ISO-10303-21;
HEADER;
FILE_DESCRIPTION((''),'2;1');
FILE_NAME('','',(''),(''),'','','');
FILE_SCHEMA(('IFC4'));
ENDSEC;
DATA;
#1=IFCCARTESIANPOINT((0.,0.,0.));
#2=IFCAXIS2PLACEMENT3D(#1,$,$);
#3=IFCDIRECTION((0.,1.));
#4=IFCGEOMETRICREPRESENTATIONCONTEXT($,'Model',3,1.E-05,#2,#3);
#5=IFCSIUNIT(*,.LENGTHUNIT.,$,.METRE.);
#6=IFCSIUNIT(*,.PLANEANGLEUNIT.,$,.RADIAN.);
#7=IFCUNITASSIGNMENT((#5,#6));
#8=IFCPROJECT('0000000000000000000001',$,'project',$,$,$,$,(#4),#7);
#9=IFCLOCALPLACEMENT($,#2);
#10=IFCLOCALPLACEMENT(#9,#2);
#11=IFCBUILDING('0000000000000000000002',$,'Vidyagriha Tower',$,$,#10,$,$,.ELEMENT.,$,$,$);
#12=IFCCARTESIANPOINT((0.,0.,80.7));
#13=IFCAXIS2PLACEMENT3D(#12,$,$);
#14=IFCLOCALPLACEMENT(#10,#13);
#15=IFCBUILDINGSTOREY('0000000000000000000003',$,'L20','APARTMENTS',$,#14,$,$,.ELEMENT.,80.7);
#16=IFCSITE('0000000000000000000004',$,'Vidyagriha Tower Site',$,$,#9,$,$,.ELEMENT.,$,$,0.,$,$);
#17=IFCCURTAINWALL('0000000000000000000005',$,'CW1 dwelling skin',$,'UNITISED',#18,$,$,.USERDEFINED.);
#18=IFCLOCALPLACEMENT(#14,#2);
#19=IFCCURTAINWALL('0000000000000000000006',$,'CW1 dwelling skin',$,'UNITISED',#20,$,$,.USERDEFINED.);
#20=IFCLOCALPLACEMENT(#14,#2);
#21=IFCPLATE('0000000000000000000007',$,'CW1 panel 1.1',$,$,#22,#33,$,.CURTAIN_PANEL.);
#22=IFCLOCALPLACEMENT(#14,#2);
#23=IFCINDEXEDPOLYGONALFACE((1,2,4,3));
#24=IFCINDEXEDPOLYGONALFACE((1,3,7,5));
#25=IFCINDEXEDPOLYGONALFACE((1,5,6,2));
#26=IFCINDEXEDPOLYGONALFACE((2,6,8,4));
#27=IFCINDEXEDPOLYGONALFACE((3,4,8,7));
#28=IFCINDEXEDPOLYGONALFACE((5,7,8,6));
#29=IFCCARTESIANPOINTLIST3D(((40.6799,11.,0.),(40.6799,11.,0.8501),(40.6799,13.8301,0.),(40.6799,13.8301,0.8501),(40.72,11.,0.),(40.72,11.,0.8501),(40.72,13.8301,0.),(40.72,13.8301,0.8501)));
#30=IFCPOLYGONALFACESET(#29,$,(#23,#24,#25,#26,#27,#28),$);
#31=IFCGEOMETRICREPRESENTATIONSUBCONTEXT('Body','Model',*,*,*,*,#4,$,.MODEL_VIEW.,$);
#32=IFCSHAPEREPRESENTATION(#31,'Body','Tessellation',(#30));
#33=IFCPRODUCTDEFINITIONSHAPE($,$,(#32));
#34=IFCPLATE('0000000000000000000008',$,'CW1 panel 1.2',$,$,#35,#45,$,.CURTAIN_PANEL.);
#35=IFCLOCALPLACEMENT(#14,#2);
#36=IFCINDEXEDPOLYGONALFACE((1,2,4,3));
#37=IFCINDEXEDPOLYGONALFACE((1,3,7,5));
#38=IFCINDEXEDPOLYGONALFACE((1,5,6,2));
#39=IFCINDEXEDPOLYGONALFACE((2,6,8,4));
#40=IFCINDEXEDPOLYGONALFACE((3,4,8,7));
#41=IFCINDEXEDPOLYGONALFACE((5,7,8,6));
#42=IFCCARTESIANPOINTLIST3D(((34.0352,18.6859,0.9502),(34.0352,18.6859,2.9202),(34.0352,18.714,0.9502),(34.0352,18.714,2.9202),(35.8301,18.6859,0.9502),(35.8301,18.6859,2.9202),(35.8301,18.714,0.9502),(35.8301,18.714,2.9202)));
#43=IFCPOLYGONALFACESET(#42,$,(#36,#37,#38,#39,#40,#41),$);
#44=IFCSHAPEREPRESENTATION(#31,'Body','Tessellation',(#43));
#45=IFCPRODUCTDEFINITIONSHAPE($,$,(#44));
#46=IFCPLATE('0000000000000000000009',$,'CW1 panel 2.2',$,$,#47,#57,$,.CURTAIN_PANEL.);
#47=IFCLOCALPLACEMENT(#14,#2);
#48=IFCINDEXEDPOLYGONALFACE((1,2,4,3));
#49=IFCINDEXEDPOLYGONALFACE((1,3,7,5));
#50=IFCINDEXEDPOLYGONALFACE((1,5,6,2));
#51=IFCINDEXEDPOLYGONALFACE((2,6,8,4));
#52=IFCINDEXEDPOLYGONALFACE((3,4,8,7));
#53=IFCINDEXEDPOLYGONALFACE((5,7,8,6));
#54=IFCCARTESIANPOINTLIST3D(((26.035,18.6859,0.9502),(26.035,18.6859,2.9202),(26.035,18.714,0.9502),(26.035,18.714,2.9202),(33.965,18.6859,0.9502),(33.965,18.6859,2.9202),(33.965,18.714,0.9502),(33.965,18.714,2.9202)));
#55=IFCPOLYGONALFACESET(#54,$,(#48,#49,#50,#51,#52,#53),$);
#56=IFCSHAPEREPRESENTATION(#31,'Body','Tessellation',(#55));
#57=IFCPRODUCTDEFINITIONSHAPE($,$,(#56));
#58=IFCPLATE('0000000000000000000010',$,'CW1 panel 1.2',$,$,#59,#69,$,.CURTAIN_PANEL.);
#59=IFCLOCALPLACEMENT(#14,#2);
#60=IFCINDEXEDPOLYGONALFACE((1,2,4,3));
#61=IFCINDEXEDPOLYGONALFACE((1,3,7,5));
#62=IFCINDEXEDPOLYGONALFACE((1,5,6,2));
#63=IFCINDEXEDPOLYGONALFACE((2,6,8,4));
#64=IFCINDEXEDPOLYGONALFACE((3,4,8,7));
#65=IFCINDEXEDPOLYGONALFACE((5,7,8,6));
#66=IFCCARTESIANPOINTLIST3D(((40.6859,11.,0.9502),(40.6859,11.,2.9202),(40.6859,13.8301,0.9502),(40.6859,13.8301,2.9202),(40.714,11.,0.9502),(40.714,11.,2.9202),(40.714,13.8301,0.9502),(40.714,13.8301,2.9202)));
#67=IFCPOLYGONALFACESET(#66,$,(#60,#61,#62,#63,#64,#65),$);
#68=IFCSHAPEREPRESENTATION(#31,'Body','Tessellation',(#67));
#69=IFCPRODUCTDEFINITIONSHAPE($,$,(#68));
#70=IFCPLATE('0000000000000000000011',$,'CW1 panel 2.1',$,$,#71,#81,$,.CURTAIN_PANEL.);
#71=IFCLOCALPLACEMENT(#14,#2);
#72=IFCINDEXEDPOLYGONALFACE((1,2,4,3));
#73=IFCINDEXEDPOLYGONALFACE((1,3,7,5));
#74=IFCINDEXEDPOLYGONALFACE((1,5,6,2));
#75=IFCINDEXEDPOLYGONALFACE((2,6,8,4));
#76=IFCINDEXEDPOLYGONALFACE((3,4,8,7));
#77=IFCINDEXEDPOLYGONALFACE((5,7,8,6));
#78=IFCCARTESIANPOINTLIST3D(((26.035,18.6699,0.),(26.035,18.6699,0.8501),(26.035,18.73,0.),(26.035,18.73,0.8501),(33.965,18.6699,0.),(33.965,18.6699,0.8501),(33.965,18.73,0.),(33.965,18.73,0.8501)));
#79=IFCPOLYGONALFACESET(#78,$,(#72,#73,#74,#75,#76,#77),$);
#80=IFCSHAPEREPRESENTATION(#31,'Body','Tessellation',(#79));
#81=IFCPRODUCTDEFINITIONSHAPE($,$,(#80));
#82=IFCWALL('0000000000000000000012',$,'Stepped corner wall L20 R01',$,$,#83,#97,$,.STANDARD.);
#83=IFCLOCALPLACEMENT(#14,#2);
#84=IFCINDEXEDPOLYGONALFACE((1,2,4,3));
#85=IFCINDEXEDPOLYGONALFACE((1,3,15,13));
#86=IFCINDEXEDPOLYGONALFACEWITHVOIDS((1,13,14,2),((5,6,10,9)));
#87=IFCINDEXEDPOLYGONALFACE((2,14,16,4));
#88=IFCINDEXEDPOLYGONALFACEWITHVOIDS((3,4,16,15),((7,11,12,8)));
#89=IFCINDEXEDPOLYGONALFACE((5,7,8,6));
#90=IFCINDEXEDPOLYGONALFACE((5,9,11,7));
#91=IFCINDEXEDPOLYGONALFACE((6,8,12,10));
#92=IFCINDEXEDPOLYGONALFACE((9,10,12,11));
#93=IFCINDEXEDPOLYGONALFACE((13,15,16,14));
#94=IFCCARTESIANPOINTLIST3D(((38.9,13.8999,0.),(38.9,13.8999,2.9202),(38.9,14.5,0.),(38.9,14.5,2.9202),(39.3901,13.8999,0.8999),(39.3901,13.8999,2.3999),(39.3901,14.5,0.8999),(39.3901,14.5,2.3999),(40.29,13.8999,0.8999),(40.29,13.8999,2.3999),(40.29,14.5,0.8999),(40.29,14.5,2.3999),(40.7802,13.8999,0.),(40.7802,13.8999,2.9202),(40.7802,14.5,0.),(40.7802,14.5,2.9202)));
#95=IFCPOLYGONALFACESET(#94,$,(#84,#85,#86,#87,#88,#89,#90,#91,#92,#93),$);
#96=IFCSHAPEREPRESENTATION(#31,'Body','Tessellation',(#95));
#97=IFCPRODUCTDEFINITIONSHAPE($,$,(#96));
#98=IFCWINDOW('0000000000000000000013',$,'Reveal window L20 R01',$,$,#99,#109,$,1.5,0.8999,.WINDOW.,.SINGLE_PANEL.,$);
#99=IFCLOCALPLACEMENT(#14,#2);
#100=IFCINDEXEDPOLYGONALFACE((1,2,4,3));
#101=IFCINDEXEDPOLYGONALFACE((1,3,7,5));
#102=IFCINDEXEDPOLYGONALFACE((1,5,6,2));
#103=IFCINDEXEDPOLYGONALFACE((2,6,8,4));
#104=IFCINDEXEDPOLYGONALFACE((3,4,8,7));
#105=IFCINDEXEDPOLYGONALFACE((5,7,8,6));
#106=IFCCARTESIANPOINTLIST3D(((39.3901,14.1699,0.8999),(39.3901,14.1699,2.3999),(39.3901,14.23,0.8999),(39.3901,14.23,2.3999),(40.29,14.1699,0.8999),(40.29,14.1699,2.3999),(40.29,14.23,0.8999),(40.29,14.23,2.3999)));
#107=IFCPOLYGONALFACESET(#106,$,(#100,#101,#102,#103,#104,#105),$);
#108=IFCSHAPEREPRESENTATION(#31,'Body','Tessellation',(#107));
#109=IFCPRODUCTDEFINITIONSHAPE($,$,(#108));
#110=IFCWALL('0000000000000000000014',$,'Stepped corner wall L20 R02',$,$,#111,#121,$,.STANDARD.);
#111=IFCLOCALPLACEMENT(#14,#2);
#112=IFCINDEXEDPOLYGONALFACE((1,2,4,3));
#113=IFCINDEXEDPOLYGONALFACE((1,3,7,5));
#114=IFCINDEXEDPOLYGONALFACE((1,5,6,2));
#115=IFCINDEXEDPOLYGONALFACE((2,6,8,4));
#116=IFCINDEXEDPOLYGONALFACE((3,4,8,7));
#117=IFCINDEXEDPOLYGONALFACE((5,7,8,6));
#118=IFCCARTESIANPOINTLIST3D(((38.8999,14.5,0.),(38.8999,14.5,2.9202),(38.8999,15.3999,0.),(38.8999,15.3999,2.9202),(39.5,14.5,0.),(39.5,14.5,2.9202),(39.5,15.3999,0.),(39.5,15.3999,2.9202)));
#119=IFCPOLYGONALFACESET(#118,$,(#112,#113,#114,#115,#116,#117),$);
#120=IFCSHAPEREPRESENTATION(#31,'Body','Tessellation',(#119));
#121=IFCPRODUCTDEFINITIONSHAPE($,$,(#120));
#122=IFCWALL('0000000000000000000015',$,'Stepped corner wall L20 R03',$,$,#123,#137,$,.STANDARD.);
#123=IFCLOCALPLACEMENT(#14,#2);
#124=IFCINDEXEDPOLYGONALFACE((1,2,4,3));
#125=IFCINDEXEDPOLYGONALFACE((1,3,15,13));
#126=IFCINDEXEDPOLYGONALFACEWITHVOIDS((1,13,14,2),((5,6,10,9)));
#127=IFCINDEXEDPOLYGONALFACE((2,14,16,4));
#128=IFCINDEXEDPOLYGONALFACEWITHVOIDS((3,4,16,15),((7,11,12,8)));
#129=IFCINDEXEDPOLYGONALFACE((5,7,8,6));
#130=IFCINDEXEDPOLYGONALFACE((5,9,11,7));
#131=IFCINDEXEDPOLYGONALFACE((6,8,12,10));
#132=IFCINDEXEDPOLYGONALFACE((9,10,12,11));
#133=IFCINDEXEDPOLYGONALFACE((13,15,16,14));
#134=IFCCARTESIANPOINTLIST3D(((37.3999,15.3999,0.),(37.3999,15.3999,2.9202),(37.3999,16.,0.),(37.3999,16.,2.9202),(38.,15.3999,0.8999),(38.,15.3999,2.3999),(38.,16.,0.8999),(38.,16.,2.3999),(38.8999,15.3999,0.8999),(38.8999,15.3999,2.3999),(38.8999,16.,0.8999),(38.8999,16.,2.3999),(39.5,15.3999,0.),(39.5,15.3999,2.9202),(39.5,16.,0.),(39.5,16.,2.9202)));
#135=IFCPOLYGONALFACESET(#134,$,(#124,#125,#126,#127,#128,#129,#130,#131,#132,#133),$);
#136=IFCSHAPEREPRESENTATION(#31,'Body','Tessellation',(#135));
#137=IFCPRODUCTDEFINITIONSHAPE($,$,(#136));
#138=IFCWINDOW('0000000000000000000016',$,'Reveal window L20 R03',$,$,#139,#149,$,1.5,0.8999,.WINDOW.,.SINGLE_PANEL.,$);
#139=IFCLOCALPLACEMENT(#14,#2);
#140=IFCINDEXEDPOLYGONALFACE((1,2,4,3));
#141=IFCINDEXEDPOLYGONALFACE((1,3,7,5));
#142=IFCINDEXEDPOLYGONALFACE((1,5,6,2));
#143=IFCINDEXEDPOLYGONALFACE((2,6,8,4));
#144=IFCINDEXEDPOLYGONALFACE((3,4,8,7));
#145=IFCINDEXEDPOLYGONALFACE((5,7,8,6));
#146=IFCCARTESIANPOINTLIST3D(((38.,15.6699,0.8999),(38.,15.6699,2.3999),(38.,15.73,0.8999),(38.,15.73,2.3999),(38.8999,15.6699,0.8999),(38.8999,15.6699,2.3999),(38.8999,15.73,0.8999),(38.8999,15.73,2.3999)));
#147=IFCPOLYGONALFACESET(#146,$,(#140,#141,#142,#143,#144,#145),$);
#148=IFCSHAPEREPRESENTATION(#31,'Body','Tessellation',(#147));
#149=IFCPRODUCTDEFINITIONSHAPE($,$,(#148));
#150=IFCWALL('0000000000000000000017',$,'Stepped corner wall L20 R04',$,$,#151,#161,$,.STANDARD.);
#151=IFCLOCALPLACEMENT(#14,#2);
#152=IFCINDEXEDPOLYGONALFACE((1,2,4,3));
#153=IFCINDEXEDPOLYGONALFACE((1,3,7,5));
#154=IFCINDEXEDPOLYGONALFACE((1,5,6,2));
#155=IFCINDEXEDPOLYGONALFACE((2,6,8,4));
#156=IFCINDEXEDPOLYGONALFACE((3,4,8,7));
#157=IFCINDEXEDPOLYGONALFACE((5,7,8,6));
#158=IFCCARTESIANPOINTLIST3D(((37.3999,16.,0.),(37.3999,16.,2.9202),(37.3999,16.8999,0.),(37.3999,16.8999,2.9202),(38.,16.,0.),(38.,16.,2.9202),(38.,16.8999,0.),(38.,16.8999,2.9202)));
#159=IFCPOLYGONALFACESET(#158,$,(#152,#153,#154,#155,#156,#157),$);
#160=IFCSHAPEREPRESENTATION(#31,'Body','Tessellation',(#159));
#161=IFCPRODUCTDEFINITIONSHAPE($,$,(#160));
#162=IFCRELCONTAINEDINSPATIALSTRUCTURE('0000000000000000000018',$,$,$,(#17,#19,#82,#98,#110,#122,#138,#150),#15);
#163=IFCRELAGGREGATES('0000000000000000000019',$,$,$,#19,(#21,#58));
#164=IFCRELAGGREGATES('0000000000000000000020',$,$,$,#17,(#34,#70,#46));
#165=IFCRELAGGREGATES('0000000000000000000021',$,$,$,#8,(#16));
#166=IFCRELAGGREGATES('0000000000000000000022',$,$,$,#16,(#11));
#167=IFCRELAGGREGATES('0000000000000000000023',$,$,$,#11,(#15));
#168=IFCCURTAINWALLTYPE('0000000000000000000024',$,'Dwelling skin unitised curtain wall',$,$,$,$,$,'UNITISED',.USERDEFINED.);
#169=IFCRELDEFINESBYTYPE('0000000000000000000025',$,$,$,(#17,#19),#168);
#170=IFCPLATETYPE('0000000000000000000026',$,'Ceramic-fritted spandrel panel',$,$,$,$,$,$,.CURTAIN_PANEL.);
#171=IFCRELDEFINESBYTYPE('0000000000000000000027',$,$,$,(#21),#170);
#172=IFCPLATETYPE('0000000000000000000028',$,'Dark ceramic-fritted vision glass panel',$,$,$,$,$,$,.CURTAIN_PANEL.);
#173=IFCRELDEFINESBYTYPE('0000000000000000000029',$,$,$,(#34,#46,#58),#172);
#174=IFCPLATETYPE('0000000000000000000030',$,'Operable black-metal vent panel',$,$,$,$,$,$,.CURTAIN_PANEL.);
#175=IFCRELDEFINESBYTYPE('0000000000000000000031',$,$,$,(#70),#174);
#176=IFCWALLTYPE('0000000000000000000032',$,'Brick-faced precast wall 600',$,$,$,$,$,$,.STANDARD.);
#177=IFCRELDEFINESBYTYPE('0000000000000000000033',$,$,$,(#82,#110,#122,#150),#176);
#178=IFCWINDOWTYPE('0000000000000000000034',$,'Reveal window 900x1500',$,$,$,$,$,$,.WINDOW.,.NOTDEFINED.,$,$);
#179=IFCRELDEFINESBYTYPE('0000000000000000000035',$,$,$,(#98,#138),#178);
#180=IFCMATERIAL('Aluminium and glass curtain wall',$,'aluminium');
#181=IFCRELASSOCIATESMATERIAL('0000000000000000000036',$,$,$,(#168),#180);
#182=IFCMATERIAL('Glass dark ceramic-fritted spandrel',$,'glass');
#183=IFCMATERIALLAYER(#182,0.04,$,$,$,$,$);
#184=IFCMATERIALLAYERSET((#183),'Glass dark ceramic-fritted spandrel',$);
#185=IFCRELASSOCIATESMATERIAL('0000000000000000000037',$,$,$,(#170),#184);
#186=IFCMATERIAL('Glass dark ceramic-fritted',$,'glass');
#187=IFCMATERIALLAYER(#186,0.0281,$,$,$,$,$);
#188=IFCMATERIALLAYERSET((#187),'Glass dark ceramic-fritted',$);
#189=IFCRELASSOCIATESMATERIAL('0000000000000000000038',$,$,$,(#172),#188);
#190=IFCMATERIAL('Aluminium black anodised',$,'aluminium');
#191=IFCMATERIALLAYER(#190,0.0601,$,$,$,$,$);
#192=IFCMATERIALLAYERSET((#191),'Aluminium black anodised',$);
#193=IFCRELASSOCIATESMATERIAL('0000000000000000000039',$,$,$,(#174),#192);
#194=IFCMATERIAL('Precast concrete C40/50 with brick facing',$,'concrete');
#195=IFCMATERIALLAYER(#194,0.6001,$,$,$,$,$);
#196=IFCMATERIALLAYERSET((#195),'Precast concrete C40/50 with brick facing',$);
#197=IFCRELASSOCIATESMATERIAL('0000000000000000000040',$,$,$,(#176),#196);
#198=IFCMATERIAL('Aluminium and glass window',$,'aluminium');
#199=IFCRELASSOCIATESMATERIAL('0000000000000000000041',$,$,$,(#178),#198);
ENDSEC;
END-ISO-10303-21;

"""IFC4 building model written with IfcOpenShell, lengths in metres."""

from ifc_helpers import new_model, si_unit, direction, frame, frame_2d, origin, origin_2d, place, context, subcontext, project, spatial, rectangle, extrude, material, layer, layer_set, type_object, element, fill, aggregate, save


model = new_model("IFC4")

# Units and contexts
model_context = context("Model", 3, precision=1e-05, world=origin(), true_north=direction((0.0, 1.0)))
body_context = subcontext(model_context, "Body", "Model", "MODEL_VIEW")
ifc_project = project(units=[si_unit("LENGTHUNIT", "METRE"), si_unit("PLANEANGLEUNIT", "RADIAN")], contexts=[model_context])

# Site, building, storey
site_placement = place(None, origin())
site = spatial("IfcSite", under=ifc_project, at=site_placement, Name="Vidyagriha Tower Site", CompositionType="ELEMENT", RefElevation=0.0)
building_placement = place(site_placement, origin())
building = spatial("IfcBuilding", under=site, at=building_placement, Name="Vidyagriha Tower", CompositionType="ELEMENT")
storey_placement = place(building_placement, frame((0.0, 0.0, 80.7)))
storey = spatial("IfcBuildingStorey", under=building, at=storey_placement, Name="L20", Description="APARTMENTS", CompositionType="ELEMENT", Elevation=80.7)

# Curtain wall
ifc_material_1 = material(Name="Aluminium and glass curtain wall", Category="aluminium")
curtain_wall_type = type_object("IfcCurtainWallType", Name="Dwelling skin unitised curtain wall", ElementType="UNITISED", PredefinedType="USERDEFINED", material=ifc_material_1)
curtain_wall_1_placement = place(storey_placement, origin())
curtain_wall_1 = element("IfcCurtainWall", 1, at=curtain_wall_1_placement, inside=storey, type_object=curtain_wall_type, Name="CW1 dwelling skin", ObjectType="UNITISED", PredefinedType="USERDEFINED")

# Curtain wall
curtain_wall_2_placement = place(storey_placement, origin())
curtain_wall_2 = element("IfcCurtainWall", 2, at=curtain_wall_2_placement, inside=storey, type_object=curtain_wall_type, Name="CW1 dwelling skin", ObjectType="UNITISED", PredefinedType="USERDEFINED")

# Plates
ifc_material_2 = material(Name="Glass dark ceramic-fritted spandrel", Category="glass")
ifc_layer_1 = layer(ifc_material_2, 0.04)
ifc_layer_set_1 = layer_set([ifc_layer_1], Name="Glass dark ceramic-fritted spandrel")
plate_type_1 = type_object("IfcPlateType", Name="Ceramic-fritted spandrel panel", PredefinedType="CURTAIN_PANEL", material=ifc_layer_set_1)
plate_1_placement = place(storey_placement, frame((40.7, 12.415, 0.0), z_axis=(0.0, 0.0, 1.0), x_axis=(0.0, 1.0, 0.0)))
plate_1 = element("IfcPlate", 3, at=plate_1_placement, type_object=plate_type_1, Name="CW1 panel 1.1", PredefinedType="CURTAIN_PANEL", context=body_context, shape_type="SweptSolid", body=[
    extrude(rectangle(XDim=2.8301, YDim=0.04, at=origin_2d()), origin(), (0.0, 0.0, 1.0), 0.8501),
])
ifc_material_3 = material(Name="Glass dark ceramic-fritted", Category="glass")
ifc_layer_2 = layer(ifc_material_3, 0.0281)
ifc_layer_set_2 = layer_set([ifc_layer_2], Name="Glass dark ceramic-fritted")
plate_type_2 = type_object("IfcPlateType", Name="Dark ceramic-fritted vision glass panel", PredefinedType="CURTAIN_PANEL", material=ifc_layer_set_2)
plate_2_placement = place(storey_placement, frame((34.9326, 18.7, 0.9502), z_axis=(0.0, 0.0, 1.0), x_axis=(-1.0, 0.0, 0.0)))
plate_2 = element("IfcPlate", 4, at=plate_2_placement, type_object=plate_type_2, Name="CW1 panel 1.2", PredefinedType="CURTAIN_PANEL", context=body_context, shape_type="SweptSolid", body=[
    extrude(rectangle(XDim=1.7949, YDim=0.0281, at=origin_2d()), origin(), (0.0, 0.0, 1.0), 1.97),
])
plate_3_placement = place(storey_placement, frame((30.0, 18.7, 0.9502), z_axis=(0.0, 0.0, 1.0), x_axis=(-1.0, 0.0, 0.0)))
plate_3 = element("IfcPlate", 5, at=plate_3_placement, type_object=plate_type_2, Name="CW1 panel 2.2", PredefinedType="CURTAIN_PANEL", context=body_context, shape_type="SweptSolid", body=[
    extrude(rectangle(XDim=7.9299, YDim=0.0281, at=origin_2d()), origin(), (0.0, 0.0, 1.0), 1.97),
])
plate_4_placement = place(storey_placement, frame((40.7, 12.415, 0.9502), z_axis=(0.0, 0.0, 1.0), x_axis=(0.0, 1.0, 0.0)))
plate_4 = element("IfcPlate", 6, at=plate_4_placement, type_object=plate_type_2, Name="CW1 panel 1.2", PredefinedType="CURTAIN_PANEL", context=body_context, shape_type="SweptSolid", body=[
    extrude(rectangle(XDim=2.8301, YDim=0.0281, at=origin_2d()), origin(), (0.0, 0.0, 1.0), 1.97),
])
aggregate(curtain_wall_2, [plate_1, plate_4])
ifc_material_4 = material(Name="Aluminium black anodised", Category="aluminium")
ifc_layer_3 = layer(ifc_material_4, 0.0601)
ifc_layer_set_3 = layer_set([ifc_layer_3], Name="Aluminium black anodised")
plate_type_3 = type_object("IfcPlateType", Name="Operable black-metal vent panel", PredefinedType="CURTAIN_PANEL", material=ifc_layer_set_3)
plate_5_placement = place(storey_placement, frame((30.0, 18.7, 0.0), z_axis=(0.0, 0.0, 1.0), x_axis=(-1.0, 0.0, 0.0)))
plate_5 = element("IfcPlate", 7, at=plate_5_placement, type_object=plate_type_3, Name="CW1 panel 2.1", PredefinedType="CURTAIN_PANEL", context=body_context, shape_type="SweptSolid", body=[
    extrude(rectangle(XDim=7.9299, YDim=0.0601, at=origin_2d()), origin(), (0.0, 0.0, 1.0), 0.8501),
])
aggregate(curtain_wall_1, [plate_2, plate_5, plate_3])

# Wall, opening, window
ifc_material_5 = material(Name="Precast concrete C40/50 with brick facing", Category="concrete")
ifc_layer_4 = layer(ifc_material_5, 0.6001)
ifc_layer_set_4 = layer_set([ifc_layer_4], Name="Precast concrete C40/50 with brick facing")
wall_type_1 = type_object("IfcWallType", Name="Brick-faced precast wall 600", PredefinedType="STANDARD", material=ifc_layer_set_4)
wall_1_placement = place(storey_placement, frame((40.78, 14.2, 0.0), z_axis=(0.0, 0.0, 1.0), x_axis=(-1.0, 0.0, 0.0)))
wall_1 = element("IfcWall", 8, at=wall_1_placement, inside=storey, type_object=wall_type_1, Name="Stepped corner wall L20 R01", PredefinedType="STANDARD", context=body_context, shape_type="SweptSolid", body=[
    extrude(rectangle(XDim=1.8801, YDim=0.6001, at=frame_2d((0.9399, 0.0))), origin(), (0.0, 0.0, 1.0), 2.9202),
])
opening_1_placement = place(wall_1_placement, frame((0.49, 0.0, 0.8999)))
opening_1 = element("IfcOpeningElement", 9, at=opening_1_placement, cuts=wall_1, PredefinedType="OPENING", context=body_context, shape_type="SweptSolid", body=[
    extrude(rectangle(XDim=0.8999, YDim=1.5, at=frame_2d((0.45, 0.75))), frame((0.0, 0.3101, 0.0), z_axis=(0.0, -1.0, 0.0), x_axis=(1.0, 0.0, 0.0)), (0.0, 0.0, 1.0), 0.6201),
])
ifc_material_6 = material(Name="Aluminium and glass window", Category="aluminium")
window_type = type_object("IfcWindowType", Name="Reveal window 900x1500", PartitioningType="NOTDEFINED", PredefinedType="WINDOW", material=ifc_material_6)
window_1_placement = place(opening_1_placement, origin())
window_1 = element("IfcWindow", 10, at=window_1_placement, inside=storey, type_object=window_type, Name="Reveal window L20 R01", OverallHeight=1.5, OverallWidth=0.8999, PartitioningType="SINGLE_PANEL", PredefinedType="WINDOW", context=body_context, shape_type="SweptSolid", body=[
    extrude(rectangle(XDim=0.8999, YDim=1.5, at=frame_2d((0.45, 0.75))), frame((0.0, 0.03, 0.0), z_axis=(0.0, -1.0, 0.0), x_axis=(1.0, 0.0, 0.0)), (0.0, 0.0, 1.0), 0.0601),
])
fill(opening_1, window_1)

# Wall
wall_2_placement = place(storey_placement, frame((39.2, 14.5, 0.0), z_axis=(0.0, 0.0, 1.0), x_axis=(0.0, 1.0, 0.0)))
element("IfcWall", 11, at=wall_2_placement, inside=storey, type_object=wall_type_1, Name="Stepped corner wall L20 R02", PredefinedType="STANDARD", context=body_context, shape_type="SweptSolid", body=[
    extrude(rectangle(XDim=0.8999, YDim=0.6001, at=frame_2d((0.45, 0.0))), origin(), (0.0, 0.0, 1.0), 2.9202),
])

# Wall, opening, window
wall_3_placement = place(storey_placement, frame((39.5, 15.7, 0.0), z_axis=(0.0, 0.0, 1.0), x_axis=(-1.0, 0.0, 0.0)))
wall_3 = element("IfcWall", 12, at=wall_3_placement, inside=storey, type_object=wall_type_1, Name="Stepped corner wall L20 R03", PredefinedType="STANDARD", context=body_context, shape_type="SweptSolid", body=[
    extrude(rectangle(XDim=2.1001, YDim=0.6001, at=frame_2d((1.05, 0.0))), origin(), (0.0, 0.0, 1.0), 2.9202),
])
opening_2_placement = place(wall_3_placement, frame((0.6001, 0.0, 0.8999)))
opening_2 = element("IfcOpeningElement", 13, at=opening_2_placement, cuts=wall_3, PredefinedType="OPENING", context=body_context, shape_type="SweptSolid", body=[
    extrude(rectangle(XDim=0.8999, YDim=1.5, at=frame_2d((0.45, 0.75))), frame((0.0, 0.3101, 0.0), z_axis=(0.0, -1.0, 0.0), x_axis=(1.0, 0.0, 0.0)), (0.0, 0.0, 1.0), 0.6201),
])
window_2_placement = place(opening_2_placement, origin())
window_2 = element("IfcWindow", 14, at=window_2_placement, inside=storey, type_object=window_type, Name="Reveal window L20 R03", OverallHeight=1.5, OverallWidth=0.8999, PartitioningType="SINGLE_PANEL", PredefinedType="WINDOW", context=body_context, shape_type="SweptSolid", body=[
    extrude(rectangle(XDim=0.8999, YDim=1.5, at=frame_2d((0.45, 0.75))), frame((0.0, 0.03, 0.0), z_axis=(0.0, -1.0, 0.0), x_axis=(1.0, 0.0, 0.0)), (0.0, 0.0, 1.0), 0.0601),
])
fill(opening_2, window_2)

# Wall
wall_4_placement = place(storey_placement, frame((37.7, 16.0, 0.0), z_axis=(0.0, 0.0, 1.0), x_axis=(0.0, 1.0, 0.0)))
element("IfcWall", 15, at=wall_4_placement, inside=storey, type_object=wall_type_1, Name="Stepped corner wall L20 R04", PredefinedType="STANDARD", context=body_context, shape_type="SweptSolid", body=[
    extrude(rectangle(XDim=0.8999, YDim=0.6001, at=frame_2d((0.45, 0.0))), origin(), (0.0, 0.0, 1.0), 2.9202),
])

save(model, "model.ifc")
